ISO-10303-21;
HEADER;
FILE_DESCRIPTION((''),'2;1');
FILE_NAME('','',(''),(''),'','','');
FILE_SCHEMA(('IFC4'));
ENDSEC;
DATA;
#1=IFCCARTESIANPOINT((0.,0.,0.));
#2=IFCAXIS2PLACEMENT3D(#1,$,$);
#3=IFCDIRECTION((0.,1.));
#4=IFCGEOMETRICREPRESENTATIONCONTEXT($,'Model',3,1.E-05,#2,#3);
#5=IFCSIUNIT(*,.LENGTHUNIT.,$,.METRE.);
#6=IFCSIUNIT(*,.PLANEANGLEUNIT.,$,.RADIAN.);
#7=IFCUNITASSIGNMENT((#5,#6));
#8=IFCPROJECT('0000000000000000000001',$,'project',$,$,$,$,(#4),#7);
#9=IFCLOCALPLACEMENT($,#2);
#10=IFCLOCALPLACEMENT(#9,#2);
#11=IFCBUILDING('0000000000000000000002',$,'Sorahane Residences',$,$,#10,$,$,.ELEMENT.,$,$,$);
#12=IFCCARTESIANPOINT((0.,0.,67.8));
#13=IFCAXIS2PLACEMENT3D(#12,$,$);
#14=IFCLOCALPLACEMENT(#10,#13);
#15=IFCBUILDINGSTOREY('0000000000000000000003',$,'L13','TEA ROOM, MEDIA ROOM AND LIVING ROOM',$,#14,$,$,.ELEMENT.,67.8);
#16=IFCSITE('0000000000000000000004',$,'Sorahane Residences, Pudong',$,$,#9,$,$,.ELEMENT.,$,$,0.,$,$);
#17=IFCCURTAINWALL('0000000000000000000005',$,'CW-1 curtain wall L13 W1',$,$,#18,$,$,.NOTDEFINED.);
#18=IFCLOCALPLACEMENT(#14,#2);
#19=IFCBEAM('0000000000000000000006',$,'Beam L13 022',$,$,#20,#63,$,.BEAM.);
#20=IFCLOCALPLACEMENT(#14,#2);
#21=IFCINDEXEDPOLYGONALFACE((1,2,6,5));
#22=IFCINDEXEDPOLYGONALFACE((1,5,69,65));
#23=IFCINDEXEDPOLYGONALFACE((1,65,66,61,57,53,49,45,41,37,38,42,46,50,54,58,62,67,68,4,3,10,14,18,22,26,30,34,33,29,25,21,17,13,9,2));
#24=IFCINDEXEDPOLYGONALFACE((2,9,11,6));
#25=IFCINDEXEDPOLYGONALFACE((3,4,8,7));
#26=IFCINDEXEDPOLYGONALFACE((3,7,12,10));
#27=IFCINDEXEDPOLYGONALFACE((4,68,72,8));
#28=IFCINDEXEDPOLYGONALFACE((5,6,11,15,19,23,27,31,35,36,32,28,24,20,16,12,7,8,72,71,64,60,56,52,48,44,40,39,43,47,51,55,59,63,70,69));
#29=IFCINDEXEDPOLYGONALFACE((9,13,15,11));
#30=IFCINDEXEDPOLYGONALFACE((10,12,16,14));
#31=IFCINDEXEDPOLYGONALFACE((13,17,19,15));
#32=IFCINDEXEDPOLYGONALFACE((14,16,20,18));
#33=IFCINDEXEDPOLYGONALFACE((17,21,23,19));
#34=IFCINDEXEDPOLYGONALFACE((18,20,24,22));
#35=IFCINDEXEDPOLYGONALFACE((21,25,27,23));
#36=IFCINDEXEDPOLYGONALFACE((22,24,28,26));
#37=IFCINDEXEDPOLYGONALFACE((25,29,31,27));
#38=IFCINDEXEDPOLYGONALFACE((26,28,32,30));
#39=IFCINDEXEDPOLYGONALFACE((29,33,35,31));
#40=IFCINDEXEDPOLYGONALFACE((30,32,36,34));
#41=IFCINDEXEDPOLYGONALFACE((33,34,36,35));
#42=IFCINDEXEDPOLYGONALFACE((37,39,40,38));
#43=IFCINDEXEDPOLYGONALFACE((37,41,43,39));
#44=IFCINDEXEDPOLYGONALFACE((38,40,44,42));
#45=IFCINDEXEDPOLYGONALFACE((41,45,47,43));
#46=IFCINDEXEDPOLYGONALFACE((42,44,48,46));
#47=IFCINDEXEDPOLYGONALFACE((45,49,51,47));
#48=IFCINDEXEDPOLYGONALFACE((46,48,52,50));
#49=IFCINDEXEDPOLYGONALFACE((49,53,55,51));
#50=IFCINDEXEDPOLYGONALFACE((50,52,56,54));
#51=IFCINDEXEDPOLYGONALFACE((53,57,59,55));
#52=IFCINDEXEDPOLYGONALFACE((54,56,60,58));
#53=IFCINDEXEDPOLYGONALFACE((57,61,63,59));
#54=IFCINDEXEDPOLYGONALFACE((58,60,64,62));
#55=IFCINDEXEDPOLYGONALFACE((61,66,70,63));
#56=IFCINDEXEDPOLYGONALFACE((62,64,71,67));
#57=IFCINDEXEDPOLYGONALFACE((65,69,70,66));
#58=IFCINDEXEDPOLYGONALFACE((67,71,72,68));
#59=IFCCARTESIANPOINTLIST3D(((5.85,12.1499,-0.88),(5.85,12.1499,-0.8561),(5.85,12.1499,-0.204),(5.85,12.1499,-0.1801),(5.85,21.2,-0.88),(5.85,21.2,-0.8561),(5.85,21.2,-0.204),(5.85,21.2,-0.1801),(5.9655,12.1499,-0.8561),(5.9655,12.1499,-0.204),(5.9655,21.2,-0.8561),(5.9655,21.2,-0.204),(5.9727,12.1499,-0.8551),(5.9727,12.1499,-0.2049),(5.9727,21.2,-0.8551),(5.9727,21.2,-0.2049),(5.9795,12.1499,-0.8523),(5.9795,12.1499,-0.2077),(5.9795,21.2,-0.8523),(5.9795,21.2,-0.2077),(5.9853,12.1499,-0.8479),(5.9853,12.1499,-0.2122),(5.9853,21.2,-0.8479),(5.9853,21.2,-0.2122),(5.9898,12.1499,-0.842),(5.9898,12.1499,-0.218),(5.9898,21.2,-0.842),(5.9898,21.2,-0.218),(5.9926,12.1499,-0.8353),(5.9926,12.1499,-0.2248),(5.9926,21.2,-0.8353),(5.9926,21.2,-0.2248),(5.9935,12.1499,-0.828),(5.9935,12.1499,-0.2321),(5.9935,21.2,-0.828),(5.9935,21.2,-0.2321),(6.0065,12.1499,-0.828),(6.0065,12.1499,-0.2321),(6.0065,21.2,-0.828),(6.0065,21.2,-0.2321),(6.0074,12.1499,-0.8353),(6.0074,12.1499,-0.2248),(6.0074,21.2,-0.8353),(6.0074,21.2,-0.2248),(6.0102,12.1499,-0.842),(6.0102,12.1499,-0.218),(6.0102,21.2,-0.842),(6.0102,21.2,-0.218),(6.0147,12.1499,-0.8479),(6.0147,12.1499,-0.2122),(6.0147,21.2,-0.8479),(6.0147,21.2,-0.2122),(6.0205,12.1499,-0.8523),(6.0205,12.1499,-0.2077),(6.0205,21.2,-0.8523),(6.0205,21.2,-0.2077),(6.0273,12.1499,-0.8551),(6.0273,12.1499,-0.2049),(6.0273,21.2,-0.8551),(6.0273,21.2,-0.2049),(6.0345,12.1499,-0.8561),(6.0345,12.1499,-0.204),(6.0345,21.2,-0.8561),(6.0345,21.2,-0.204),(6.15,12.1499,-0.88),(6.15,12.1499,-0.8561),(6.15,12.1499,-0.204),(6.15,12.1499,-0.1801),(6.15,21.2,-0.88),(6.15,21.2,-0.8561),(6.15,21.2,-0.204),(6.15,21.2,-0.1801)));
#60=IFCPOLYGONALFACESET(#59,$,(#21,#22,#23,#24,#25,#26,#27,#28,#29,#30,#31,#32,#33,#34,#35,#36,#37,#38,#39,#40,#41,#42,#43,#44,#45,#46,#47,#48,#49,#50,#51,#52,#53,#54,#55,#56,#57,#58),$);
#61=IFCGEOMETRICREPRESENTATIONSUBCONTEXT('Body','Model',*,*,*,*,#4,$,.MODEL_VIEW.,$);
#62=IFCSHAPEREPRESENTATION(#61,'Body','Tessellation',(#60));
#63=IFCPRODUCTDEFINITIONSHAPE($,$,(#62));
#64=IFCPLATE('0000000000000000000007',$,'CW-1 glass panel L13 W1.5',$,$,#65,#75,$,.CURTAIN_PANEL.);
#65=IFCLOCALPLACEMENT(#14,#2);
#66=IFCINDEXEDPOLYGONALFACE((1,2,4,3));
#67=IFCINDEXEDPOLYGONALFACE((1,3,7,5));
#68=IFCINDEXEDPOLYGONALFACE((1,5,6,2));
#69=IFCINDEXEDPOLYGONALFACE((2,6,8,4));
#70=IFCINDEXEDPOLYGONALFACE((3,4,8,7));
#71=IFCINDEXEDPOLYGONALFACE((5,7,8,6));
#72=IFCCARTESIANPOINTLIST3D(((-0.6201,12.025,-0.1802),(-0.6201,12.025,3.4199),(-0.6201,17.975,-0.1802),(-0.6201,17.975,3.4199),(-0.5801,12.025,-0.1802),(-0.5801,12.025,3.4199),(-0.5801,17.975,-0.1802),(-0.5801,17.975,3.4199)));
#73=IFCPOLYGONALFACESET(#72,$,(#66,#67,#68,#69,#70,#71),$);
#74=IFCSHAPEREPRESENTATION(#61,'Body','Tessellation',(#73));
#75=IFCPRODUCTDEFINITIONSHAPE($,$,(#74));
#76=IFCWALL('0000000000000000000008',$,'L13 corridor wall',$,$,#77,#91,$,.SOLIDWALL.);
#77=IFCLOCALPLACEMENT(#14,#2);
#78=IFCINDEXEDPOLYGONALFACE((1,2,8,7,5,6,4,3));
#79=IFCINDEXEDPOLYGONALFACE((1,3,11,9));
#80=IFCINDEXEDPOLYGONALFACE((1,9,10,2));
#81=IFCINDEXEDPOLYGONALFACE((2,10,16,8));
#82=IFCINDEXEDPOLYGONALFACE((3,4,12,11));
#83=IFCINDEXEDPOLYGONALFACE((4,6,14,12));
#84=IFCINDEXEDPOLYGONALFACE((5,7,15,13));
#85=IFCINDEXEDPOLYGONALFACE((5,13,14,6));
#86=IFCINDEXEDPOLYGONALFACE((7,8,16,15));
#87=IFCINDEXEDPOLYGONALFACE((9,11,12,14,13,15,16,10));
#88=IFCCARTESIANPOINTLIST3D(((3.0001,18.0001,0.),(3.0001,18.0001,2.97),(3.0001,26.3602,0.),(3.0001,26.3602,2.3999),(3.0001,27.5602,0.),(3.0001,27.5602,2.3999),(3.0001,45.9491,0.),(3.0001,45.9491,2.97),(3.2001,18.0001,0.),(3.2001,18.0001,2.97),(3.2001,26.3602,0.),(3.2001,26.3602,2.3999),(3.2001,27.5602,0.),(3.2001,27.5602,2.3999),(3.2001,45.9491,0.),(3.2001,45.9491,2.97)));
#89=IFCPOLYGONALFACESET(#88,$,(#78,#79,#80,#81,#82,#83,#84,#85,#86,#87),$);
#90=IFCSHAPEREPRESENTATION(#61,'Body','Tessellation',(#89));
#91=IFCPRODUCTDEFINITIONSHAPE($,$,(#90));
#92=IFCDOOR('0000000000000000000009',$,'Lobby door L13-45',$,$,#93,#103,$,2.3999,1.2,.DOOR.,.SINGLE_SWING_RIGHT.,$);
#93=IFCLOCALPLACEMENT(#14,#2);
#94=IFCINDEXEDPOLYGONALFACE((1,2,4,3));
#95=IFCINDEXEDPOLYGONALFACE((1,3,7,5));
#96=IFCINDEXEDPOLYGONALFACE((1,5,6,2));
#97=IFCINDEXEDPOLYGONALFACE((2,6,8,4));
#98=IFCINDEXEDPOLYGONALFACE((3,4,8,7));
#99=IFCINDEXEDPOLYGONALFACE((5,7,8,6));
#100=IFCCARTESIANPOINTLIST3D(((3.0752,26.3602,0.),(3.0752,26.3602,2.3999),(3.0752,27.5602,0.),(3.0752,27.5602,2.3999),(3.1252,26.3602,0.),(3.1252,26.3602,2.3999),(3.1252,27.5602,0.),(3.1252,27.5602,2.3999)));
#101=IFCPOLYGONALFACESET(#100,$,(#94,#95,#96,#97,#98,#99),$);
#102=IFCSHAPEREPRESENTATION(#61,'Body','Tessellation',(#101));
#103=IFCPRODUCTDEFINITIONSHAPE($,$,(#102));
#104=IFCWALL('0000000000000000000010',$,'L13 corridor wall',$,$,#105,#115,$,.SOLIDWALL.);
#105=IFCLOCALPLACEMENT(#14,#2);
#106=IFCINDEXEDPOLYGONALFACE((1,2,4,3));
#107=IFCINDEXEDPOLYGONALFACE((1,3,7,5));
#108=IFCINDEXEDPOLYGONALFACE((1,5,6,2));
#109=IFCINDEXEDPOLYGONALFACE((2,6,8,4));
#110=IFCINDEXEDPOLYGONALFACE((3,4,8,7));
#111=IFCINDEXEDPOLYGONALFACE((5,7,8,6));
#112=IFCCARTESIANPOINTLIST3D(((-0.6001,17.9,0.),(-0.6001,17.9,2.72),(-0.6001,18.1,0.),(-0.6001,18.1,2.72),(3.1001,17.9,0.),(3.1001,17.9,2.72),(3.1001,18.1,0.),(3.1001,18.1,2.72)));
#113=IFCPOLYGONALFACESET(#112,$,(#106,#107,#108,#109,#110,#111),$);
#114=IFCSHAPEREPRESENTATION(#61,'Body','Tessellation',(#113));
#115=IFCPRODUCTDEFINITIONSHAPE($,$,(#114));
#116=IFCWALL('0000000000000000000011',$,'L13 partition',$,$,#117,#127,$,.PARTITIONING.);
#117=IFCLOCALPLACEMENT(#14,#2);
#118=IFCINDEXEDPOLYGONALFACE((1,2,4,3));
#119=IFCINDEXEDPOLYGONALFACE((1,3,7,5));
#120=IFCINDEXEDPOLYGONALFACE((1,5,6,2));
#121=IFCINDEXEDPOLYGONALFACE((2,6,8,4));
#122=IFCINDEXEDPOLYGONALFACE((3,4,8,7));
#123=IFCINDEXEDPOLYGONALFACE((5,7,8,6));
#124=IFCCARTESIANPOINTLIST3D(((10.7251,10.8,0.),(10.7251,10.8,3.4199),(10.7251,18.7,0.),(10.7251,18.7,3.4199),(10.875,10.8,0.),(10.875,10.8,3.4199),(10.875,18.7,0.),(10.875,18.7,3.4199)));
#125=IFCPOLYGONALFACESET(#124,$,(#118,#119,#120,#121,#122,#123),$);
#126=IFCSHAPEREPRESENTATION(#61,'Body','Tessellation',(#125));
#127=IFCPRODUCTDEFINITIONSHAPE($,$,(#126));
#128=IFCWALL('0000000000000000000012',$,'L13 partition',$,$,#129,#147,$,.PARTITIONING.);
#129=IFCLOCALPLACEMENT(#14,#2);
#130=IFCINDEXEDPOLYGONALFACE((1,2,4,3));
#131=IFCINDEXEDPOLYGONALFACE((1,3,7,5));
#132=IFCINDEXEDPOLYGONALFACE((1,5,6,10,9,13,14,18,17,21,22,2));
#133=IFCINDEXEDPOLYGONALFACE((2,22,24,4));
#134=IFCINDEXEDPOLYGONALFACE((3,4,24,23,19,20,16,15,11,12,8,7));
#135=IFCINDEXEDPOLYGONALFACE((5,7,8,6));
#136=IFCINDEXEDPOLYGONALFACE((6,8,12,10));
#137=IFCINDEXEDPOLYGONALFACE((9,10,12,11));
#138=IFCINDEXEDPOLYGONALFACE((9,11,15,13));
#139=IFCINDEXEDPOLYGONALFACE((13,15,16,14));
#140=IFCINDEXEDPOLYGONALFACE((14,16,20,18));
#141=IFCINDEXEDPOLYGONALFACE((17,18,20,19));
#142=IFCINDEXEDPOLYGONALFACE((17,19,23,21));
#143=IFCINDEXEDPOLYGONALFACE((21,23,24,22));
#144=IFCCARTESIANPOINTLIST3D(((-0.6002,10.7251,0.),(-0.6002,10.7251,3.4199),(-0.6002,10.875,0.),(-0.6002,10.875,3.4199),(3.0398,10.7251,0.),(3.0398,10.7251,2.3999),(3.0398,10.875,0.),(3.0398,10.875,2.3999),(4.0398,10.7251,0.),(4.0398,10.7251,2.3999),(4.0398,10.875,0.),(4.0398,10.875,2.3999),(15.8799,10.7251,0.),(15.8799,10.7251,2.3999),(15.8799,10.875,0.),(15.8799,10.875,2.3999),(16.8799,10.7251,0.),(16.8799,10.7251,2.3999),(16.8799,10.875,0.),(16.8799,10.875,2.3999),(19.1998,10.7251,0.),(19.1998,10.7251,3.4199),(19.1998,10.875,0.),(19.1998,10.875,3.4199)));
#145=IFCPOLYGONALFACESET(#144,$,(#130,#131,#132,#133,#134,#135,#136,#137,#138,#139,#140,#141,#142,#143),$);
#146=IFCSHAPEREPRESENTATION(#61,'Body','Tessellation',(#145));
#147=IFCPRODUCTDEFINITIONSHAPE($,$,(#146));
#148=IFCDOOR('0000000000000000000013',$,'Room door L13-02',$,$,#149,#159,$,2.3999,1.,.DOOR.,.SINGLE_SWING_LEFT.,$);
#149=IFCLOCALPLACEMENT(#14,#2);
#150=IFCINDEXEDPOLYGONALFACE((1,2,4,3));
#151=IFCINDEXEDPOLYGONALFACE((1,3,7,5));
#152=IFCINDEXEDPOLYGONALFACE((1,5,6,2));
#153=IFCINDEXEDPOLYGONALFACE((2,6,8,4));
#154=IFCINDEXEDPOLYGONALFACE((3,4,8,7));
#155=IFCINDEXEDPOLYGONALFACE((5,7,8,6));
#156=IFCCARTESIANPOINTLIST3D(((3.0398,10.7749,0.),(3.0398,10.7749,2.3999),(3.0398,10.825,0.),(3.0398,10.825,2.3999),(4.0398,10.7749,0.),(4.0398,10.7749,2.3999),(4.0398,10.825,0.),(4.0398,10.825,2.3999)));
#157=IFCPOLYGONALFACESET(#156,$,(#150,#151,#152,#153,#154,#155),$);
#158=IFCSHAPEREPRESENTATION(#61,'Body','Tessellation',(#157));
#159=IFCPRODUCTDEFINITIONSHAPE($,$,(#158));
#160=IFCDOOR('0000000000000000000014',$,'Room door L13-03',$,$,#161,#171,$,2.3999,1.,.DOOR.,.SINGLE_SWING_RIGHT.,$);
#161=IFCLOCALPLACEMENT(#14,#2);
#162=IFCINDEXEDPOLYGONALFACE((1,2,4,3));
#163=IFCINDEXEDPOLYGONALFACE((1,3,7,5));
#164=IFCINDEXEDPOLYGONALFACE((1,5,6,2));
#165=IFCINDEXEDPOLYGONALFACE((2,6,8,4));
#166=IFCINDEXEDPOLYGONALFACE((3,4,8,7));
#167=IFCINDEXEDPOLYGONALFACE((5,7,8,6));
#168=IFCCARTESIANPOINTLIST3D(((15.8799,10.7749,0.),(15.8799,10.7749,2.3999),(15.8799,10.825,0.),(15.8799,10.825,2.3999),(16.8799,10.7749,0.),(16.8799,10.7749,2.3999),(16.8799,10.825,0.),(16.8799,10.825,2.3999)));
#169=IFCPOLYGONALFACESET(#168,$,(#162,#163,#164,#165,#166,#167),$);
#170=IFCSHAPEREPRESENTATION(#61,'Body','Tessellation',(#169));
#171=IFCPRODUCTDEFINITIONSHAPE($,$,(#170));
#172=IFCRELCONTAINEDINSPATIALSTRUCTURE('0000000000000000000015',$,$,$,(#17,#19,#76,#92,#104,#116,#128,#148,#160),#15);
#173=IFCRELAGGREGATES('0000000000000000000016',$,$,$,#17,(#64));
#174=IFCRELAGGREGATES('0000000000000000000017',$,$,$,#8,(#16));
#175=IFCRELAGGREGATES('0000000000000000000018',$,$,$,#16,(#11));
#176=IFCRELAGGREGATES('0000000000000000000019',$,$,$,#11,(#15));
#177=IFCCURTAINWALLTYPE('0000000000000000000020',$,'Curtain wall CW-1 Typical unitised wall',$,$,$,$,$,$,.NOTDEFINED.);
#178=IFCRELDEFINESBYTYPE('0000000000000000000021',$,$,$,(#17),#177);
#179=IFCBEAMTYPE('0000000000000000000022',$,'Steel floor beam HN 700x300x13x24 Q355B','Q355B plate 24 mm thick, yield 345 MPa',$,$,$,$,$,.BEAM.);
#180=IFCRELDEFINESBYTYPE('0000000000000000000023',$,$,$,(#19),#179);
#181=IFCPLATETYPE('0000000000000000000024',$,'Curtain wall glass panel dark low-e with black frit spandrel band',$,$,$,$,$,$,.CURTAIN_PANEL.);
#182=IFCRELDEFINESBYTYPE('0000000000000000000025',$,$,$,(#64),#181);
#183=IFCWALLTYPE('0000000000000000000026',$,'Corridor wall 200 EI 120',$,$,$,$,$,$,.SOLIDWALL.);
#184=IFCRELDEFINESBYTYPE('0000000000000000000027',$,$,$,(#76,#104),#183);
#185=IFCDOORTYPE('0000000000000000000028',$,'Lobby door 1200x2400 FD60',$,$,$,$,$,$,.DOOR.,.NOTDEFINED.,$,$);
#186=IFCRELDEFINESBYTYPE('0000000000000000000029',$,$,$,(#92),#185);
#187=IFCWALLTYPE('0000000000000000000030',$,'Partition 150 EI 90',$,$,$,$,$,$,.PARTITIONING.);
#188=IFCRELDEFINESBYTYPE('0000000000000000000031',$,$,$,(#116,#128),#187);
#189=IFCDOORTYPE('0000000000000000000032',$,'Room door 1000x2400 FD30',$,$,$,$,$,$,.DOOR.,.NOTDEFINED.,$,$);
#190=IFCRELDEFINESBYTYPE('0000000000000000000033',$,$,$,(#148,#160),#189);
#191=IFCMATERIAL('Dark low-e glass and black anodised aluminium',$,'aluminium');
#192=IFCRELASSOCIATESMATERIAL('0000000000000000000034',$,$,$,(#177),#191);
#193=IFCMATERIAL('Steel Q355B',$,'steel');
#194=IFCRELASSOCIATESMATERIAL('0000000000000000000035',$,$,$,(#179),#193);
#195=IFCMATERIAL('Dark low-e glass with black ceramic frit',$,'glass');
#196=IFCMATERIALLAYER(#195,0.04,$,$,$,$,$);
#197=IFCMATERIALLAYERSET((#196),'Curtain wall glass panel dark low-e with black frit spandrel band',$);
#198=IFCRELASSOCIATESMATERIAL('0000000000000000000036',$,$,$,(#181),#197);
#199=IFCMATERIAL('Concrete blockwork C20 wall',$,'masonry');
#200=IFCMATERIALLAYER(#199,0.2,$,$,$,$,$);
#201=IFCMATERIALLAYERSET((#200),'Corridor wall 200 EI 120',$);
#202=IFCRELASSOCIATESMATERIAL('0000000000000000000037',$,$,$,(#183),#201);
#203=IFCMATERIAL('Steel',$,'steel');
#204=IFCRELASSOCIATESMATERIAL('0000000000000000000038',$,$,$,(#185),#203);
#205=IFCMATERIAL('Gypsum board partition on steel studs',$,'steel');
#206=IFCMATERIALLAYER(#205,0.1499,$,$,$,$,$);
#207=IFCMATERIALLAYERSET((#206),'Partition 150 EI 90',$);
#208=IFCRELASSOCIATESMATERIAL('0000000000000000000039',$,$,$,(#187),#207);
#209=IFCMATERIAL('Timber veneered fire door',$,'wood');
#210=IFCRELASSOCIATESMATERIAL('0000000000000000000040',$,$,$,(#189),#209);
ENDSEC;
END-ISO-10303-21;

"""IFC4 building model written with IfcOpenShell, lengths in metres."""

from ifc_helpers import new_model, si_unit, direction, frame, frame_2d, origin, origin_2d, place, context, subcontext, project, spatial, rectangle, i_section, extrude, material, layer, layer_set, material_profile, profile_set, type_object, element, fill, aggregate, save


model = new_model("IFC4")

# Units and contexts
model_context = context("Model", 3, precision=1e-05, world=origin(), true_north=direction((0.0, 1.0)))
body_context = subcontext(model_context, "Body", "Model", "MODEL_VIEW")
ifc_project = project(units=[si_unit("LENGTHUNIT", "METRE"), si_unit("PLANEANGLEUNIT", "RADIAN")], contexts=[model_context])

# Site, building, storey
site_placement = place(None, origin())
site = spatial("IfcSite", under=ifc_project, at=site_placement, Name="Sorahane Residences, Pudong", CompositionType="ELEMENT", RefElevation=0.0)
building_placement = place(site_placement, origin())
building = spatial("IfcBuilding", under=site, at=building_placement, Name="Sorahane Residences", CompositionType="ELEMENT")
storey_placement = place(building_placement, frame((0.0, 0.0, 67.8)))
storey = spatial("IfcBuildingStorey", under=building, at=storey_placement, Name="L13", Description="TEA ROOM, MEDIA ROOM AND LIVING ROOM", CompositionType="ELEMENT", Elevation=67.8)

# Curtain wall
ifc_material_1 = material(Name="Dark low-e glass and black anodised aluminium", Category="aluminium")
curtain_wall_type = type_object("IfcCurtainWallType", Name="Curtain wall CW-1 Typical unitised wall", PredefinedType="NOTDEFINED", material=ifc_material_1)
curtain_wall_placement = place(storey_placement, origin())
curtain_wall = element("IfcCurtainWall", 1, at=curtain_wall_placement, inside=storey, type_object=curtain_wall_type, Name="CW-1 curtain wall L13 W1", PredefinedType="NOTDEFINED")

# Beam
ifc_material_2 = material(Name="Steel Q355B", Category="steel")
ifc_material_profile_1 = material_profile(ifc_material_2, i_section(OverallWidth=0.3, OverallDepth=0.7, WebThickness=0.0129, FlangeThickness=0.0239, FilletRadius=0.0281, at=origin_2d()), Name="HN 700x300x13x24")
ifc_profile_set_1 = profile_set([ifc_material_profile_1], Name="Steel Q355B")
beam_type_1 = type_object("IfcBeamType", Name="Steel floor beam HN 700x300x13x24 Q355B", Description="Q355B plate 24 mm thick, yield 345 MPa", PredefinedType="BEAM", material=ifc_profile_set_1)
beam_1_placement = place(storey_placement, frame((6.0, 12.1499, -0.53), z_axis=(0.0, 1.0, 0.0), x_axis=(-1.0, 0.0, 0.0)))
element("IfcBeam", 2, at=beam_1_placement, inside=storey, type_object=beam_type_1, Name="Beam L13 022", PredefinedType="BEAM", context=body_context, shape_type="SweptSolid", body=[
    extrude(i_section(OverallWidth=0.3, OverallDepth=0.7, WebThickness=0.0129, FlangeThickness=0.0239, FilletRadius=0.0281, at=origin_2d()), origin(), (0.0, 0.0, 1.0), 9.05),
])

# Plate
ifc_material_3 = material(Name="Dark low-e glass with black ceramic frit", Category="glass")
ifc_layer_1 = layer(ifc_material_3, 0.04)
ifc_layer_set_1 = layer_set([ifc_layer_1], Name="Curtain wall glass panel dark low-e with black frit spandrel band")
plate_type = type_object("IfcPlateType", Name="Curtain wall glass panel dark low-e with black frit spandrel band", PredefinedType="CURTAIN_PANEL", material=ifc_layer_set_1)
plate_placement = place(storey_placement, frame((-0.6001, 15.0, -0.1802), z_axis=(0.0, 0.0, 1.0), x_axis=(0.0, -1.0, 0.0)))
plate = element("IfcPlate", 3, at=plate_placement, type_object=plate_type, Name="CW-1 glass panel L13 W1.5", PredefinedType="CURTAIN_PANEL", context=body_context, shape_type="SweptSolid", body=[
    extrude(rectangle(XDim=5.95, YDim=0.04, at=origin_2d()), origin(), (0.0, 0.0, 1.0), 3.6001),
])
aggregate(curtain_wall, [plate])

# Wall, opening, door
ifc_material_4 = material(Name="Concrete blockwork C20 wall", Category="masonry")
ifc_layer_2 = layer(ifc_material_4, 0.2)
ifc_layer_set_2 = layer_set([ifc_layer_2], Name="Corridor wall 200 EI 120")
wall_type_1 = type_object("IfcWallType", Name="Corridor wall 200 EI 120", PredefinedType="SOLIDWALL", material=ifc_layer_set_2)
wall_1_placement = place(storey_placement, frame((3.1001, 18.0, 0.0), z_axis=(0.0, 0.0, 1.0), x_axis=(0.0, 1.0, 0.0)))
wall_1 = element("IfcWall", 4, at=wall_1_placement, inside=storey, type_object=wall_type_1, Name="L13 corridor wall", PredefinedType="SOLIDWALL", context=body_context, shape_type="SweptSolid", body=[
    extrude(rectangle(XDim=27.949, YDim=0.2, at=frame_2d((13.9746, 0.0))), origin(), (0.0, 0.0, 1.0), 2.97),
])
opening_1_placement = place(wall_1_placement, frame((8.3601, 0.0, 0.0)))
opening_1 = element("IfcOpeningElement", 5, at=opening_1_placement, cuts=wall_1, PredefinedType="OPENING", context=body_context, shape_type="SweptSolid", body=[
    extrude(rectangle(XDim=1.2, YDim=2.3999, at=frame_2d((0.6001, 1.2))), frame((0.0, 0.1099, 0.0), z_axis=(0.0, -1.0, 0.0), x_axis=(1.0, 0.0, 0.0)), (0.0, 0.0, 1.0), 0.22),
])
ifc_material_5 = material(Name="Steel", Category="steel")
door_type_1 = type_object("IfcDoorType", Name="Lobby door 1200x2400 FD60", OperationType="NOTDEFINED", PredefinedType="DOOR", material=ifc_material_5)
door_1_placement = place(opening_1_placement, origin())
door_1 = element("IfcDoor", 6, at=door_1_placement, inside=storey, type_object=door_type_1, Name="Lobby door L13-45", OperationType="SINGLE_SWING_RIGHT", OverallHeight=2.3999, OverallWidth=1.2, PredefinedType="DOOR", context=body_context, shape_type="SweptSolid", body=[
    extrude(rectangle(XDim=1.2, YDim=2.3999, at=frame_2d((0.6001, 1.2))), frame((0.0, 0.0249, 0.0), z_axis=(0.0, -1.0, 0.0), x_axis=(1.0, 0.0, 0.0)), (0.0, 0.0, 1.0), 0.05),
])
fill(opening_1, door_1)

# Walls
wall_2_placement = place(storey_placement, frame((-0.6001, 18.0, 0.0), z_axis=(0.0, 0.0, 1.0), x_axis=(1.0, 0.0, 0.0)))
element("IfcWall", 7, at=wall_2_placement, inside=storey, type_object=wall_type_1, Name="L13 corridor wall", PredefinedType="SOLIDWALL", context=body_context, shape_type="SweptSolid", body=[
    extrude(rectangle(XDim=3.7002, YDim=0.2, at=frame_2d((1.8501, 0.0))), origin(), (0.0, 0.0, 1.0), 2.72),
])
ifc_material_6 = material(Name="Gypsum board partition on steel studs", Category="steel")
ifc_layer_3 = layer(ifc_material_6, 0.1499)
ifc_layer_set_3 = layer_set([ifc_layer_3], Name="Partition 150 EI 90")
wall_type_2 = type_object("IfcWallType", Name="Partition 150 EI 90", PredefinedType="PARTITIONING", material=ifc_layer_set_3)
wall_3_placement = place(storey_placement, frame((10.8, 10.8, 0.0), z_axis=(0.0, 0.0, 1.0), x_axis=(0.0, 1.0, 0.0)))
element("IfcWall", 8, at=wall_3_placement, inside=storey, type_object=wall_type_2, Name="L13 partition", PredefinedType="PARTITIONING", context=body_context, shape_type="SweptSolid", body=[
    extrude(rectangle(XDim=7.8999, YDim=0.1499, at=frame_2d((3.95, 0.0))), origin(), (0.0, 0.0, 1.0), 3.4199),
])

# Wall, openings, doors
wall_4_placement = place(storey_placement, frame((-0.6001, 10.8, 0.0), z_axis=(0.0, 0.0, 1.0), x_axis=(1.0, 0.0, 0.0)))
wall_4 = element("IfcWall", 9, at=wall_4_placement, inside=storey, type_object=wall_type_2, Name="L13 partition", PredefinedType="PARTITIONING", context=body_context, shape_type="SweptSolid", body=[
    extrude(rectangle(XDim=19.8, YDim=0.1499, at=frame_2d((9.8999, 0.0))), origin(), (0.0, 0.0, 1.0), 3.4199),
])
opening_2_placement = place(wall_4_placement, frame((3.6399, 0.0, 0.0)))
opening_2 = element("IfcOpeningElement", 10, at=opening_2_placement, cuts=wall_4, PredefinedType="OPENING", context=body_context, shape_type="SweptSolid", body=[
    extrude(rectangle(XDim=1.0, YDim=2.3999, at=frame_2d((0.5, 1.2))), frame((0.0, 0.085, 0.0), z_axis=(0.0, -1.0, 0.0), x_axis=(1.0, 0.0, 0.0)), (0.0, 0.0, 1.0), 0.1699),
])
opening_3_placement = place(wall_4_placement, frame((16.48, 0.0, 0.0)))
opening_3 = element("IfcOpeningElement", 11, at=opening_3_placement, cuts=wall_4, PredefinedType="OPENING", context=body_context, shape_type="SweptSolid", body=[
    extrude(rectangle(XDim=1.0, YDim=2.3999, at=frame_2d((0.5, 1.2))), frame((0.0, 0.085, 0.0), z_axis=(0.0, -1.0, 0.0), x_axis=(1.0, 0.0, 0.0)), (0.0, 0.0, 1.0), 0.1699),
])
ifc_material_7 = material(Name="Timber veneered fire door", Category="wood")
door_type_2 = type_object("IfcDoorType", Name="Room door 1000x2400 FD30", OperationType="NOTDEFINED", PredefinedType="DOOR", material=ifc_material_7)
door_2_placement = place(opening_2_placement, origin())
door_2 = element("IfcDoor", 12, at=door_2_placement, inside=storey, type_object=door_type_2, Name="Room door L13-02", OperationType="SINGLE_SWING_LEFT", OverallHeight=2.3999, OverallWidth=1.0, PredefinedType="DOOR", context=body_context, shape_type="SweptSolid", body=[
    extrude(rectangle(XDim=1.0, YDim=2.3999, at=frame_2d((0.5, 1.2))), frame((0.0, 0.0249, 0.0), z_axis=(0.0, -1.0, 0.0), x_axis=(1.0, 0.0, 0.0)), (0.0, 0.0, 1.0), 0.05),
])
fill(opening_2, door_2)
door_3_placement = place(opening_3_placement, origin())
door_3 = element("IfcDoor", 13, at=door_3_placement, inside=storey, type_object=door_type_2, Name="Room door L13-03", OperationType="SINGLE_SWING_RIGHT", OverallHeight=2.3999, OverallWidth=1.0, PredefinedType="DOOR", context=body_context, shape_type="SweptSolid", body=[
    extrude(rectangle(XDim=1.0, YDim=2.3999, at=frame_2d((0.5, 1.2))), frame((0.0, 0.0249, 0.0), z_axis=(0.0, -1.0, 0.0), x_axis=(1.0, 0.0, 0.0)), (0.0, 0.0, 1.0), 0.05),
])
fill(opening_3, door_3)

save(model, "model.ifc")
